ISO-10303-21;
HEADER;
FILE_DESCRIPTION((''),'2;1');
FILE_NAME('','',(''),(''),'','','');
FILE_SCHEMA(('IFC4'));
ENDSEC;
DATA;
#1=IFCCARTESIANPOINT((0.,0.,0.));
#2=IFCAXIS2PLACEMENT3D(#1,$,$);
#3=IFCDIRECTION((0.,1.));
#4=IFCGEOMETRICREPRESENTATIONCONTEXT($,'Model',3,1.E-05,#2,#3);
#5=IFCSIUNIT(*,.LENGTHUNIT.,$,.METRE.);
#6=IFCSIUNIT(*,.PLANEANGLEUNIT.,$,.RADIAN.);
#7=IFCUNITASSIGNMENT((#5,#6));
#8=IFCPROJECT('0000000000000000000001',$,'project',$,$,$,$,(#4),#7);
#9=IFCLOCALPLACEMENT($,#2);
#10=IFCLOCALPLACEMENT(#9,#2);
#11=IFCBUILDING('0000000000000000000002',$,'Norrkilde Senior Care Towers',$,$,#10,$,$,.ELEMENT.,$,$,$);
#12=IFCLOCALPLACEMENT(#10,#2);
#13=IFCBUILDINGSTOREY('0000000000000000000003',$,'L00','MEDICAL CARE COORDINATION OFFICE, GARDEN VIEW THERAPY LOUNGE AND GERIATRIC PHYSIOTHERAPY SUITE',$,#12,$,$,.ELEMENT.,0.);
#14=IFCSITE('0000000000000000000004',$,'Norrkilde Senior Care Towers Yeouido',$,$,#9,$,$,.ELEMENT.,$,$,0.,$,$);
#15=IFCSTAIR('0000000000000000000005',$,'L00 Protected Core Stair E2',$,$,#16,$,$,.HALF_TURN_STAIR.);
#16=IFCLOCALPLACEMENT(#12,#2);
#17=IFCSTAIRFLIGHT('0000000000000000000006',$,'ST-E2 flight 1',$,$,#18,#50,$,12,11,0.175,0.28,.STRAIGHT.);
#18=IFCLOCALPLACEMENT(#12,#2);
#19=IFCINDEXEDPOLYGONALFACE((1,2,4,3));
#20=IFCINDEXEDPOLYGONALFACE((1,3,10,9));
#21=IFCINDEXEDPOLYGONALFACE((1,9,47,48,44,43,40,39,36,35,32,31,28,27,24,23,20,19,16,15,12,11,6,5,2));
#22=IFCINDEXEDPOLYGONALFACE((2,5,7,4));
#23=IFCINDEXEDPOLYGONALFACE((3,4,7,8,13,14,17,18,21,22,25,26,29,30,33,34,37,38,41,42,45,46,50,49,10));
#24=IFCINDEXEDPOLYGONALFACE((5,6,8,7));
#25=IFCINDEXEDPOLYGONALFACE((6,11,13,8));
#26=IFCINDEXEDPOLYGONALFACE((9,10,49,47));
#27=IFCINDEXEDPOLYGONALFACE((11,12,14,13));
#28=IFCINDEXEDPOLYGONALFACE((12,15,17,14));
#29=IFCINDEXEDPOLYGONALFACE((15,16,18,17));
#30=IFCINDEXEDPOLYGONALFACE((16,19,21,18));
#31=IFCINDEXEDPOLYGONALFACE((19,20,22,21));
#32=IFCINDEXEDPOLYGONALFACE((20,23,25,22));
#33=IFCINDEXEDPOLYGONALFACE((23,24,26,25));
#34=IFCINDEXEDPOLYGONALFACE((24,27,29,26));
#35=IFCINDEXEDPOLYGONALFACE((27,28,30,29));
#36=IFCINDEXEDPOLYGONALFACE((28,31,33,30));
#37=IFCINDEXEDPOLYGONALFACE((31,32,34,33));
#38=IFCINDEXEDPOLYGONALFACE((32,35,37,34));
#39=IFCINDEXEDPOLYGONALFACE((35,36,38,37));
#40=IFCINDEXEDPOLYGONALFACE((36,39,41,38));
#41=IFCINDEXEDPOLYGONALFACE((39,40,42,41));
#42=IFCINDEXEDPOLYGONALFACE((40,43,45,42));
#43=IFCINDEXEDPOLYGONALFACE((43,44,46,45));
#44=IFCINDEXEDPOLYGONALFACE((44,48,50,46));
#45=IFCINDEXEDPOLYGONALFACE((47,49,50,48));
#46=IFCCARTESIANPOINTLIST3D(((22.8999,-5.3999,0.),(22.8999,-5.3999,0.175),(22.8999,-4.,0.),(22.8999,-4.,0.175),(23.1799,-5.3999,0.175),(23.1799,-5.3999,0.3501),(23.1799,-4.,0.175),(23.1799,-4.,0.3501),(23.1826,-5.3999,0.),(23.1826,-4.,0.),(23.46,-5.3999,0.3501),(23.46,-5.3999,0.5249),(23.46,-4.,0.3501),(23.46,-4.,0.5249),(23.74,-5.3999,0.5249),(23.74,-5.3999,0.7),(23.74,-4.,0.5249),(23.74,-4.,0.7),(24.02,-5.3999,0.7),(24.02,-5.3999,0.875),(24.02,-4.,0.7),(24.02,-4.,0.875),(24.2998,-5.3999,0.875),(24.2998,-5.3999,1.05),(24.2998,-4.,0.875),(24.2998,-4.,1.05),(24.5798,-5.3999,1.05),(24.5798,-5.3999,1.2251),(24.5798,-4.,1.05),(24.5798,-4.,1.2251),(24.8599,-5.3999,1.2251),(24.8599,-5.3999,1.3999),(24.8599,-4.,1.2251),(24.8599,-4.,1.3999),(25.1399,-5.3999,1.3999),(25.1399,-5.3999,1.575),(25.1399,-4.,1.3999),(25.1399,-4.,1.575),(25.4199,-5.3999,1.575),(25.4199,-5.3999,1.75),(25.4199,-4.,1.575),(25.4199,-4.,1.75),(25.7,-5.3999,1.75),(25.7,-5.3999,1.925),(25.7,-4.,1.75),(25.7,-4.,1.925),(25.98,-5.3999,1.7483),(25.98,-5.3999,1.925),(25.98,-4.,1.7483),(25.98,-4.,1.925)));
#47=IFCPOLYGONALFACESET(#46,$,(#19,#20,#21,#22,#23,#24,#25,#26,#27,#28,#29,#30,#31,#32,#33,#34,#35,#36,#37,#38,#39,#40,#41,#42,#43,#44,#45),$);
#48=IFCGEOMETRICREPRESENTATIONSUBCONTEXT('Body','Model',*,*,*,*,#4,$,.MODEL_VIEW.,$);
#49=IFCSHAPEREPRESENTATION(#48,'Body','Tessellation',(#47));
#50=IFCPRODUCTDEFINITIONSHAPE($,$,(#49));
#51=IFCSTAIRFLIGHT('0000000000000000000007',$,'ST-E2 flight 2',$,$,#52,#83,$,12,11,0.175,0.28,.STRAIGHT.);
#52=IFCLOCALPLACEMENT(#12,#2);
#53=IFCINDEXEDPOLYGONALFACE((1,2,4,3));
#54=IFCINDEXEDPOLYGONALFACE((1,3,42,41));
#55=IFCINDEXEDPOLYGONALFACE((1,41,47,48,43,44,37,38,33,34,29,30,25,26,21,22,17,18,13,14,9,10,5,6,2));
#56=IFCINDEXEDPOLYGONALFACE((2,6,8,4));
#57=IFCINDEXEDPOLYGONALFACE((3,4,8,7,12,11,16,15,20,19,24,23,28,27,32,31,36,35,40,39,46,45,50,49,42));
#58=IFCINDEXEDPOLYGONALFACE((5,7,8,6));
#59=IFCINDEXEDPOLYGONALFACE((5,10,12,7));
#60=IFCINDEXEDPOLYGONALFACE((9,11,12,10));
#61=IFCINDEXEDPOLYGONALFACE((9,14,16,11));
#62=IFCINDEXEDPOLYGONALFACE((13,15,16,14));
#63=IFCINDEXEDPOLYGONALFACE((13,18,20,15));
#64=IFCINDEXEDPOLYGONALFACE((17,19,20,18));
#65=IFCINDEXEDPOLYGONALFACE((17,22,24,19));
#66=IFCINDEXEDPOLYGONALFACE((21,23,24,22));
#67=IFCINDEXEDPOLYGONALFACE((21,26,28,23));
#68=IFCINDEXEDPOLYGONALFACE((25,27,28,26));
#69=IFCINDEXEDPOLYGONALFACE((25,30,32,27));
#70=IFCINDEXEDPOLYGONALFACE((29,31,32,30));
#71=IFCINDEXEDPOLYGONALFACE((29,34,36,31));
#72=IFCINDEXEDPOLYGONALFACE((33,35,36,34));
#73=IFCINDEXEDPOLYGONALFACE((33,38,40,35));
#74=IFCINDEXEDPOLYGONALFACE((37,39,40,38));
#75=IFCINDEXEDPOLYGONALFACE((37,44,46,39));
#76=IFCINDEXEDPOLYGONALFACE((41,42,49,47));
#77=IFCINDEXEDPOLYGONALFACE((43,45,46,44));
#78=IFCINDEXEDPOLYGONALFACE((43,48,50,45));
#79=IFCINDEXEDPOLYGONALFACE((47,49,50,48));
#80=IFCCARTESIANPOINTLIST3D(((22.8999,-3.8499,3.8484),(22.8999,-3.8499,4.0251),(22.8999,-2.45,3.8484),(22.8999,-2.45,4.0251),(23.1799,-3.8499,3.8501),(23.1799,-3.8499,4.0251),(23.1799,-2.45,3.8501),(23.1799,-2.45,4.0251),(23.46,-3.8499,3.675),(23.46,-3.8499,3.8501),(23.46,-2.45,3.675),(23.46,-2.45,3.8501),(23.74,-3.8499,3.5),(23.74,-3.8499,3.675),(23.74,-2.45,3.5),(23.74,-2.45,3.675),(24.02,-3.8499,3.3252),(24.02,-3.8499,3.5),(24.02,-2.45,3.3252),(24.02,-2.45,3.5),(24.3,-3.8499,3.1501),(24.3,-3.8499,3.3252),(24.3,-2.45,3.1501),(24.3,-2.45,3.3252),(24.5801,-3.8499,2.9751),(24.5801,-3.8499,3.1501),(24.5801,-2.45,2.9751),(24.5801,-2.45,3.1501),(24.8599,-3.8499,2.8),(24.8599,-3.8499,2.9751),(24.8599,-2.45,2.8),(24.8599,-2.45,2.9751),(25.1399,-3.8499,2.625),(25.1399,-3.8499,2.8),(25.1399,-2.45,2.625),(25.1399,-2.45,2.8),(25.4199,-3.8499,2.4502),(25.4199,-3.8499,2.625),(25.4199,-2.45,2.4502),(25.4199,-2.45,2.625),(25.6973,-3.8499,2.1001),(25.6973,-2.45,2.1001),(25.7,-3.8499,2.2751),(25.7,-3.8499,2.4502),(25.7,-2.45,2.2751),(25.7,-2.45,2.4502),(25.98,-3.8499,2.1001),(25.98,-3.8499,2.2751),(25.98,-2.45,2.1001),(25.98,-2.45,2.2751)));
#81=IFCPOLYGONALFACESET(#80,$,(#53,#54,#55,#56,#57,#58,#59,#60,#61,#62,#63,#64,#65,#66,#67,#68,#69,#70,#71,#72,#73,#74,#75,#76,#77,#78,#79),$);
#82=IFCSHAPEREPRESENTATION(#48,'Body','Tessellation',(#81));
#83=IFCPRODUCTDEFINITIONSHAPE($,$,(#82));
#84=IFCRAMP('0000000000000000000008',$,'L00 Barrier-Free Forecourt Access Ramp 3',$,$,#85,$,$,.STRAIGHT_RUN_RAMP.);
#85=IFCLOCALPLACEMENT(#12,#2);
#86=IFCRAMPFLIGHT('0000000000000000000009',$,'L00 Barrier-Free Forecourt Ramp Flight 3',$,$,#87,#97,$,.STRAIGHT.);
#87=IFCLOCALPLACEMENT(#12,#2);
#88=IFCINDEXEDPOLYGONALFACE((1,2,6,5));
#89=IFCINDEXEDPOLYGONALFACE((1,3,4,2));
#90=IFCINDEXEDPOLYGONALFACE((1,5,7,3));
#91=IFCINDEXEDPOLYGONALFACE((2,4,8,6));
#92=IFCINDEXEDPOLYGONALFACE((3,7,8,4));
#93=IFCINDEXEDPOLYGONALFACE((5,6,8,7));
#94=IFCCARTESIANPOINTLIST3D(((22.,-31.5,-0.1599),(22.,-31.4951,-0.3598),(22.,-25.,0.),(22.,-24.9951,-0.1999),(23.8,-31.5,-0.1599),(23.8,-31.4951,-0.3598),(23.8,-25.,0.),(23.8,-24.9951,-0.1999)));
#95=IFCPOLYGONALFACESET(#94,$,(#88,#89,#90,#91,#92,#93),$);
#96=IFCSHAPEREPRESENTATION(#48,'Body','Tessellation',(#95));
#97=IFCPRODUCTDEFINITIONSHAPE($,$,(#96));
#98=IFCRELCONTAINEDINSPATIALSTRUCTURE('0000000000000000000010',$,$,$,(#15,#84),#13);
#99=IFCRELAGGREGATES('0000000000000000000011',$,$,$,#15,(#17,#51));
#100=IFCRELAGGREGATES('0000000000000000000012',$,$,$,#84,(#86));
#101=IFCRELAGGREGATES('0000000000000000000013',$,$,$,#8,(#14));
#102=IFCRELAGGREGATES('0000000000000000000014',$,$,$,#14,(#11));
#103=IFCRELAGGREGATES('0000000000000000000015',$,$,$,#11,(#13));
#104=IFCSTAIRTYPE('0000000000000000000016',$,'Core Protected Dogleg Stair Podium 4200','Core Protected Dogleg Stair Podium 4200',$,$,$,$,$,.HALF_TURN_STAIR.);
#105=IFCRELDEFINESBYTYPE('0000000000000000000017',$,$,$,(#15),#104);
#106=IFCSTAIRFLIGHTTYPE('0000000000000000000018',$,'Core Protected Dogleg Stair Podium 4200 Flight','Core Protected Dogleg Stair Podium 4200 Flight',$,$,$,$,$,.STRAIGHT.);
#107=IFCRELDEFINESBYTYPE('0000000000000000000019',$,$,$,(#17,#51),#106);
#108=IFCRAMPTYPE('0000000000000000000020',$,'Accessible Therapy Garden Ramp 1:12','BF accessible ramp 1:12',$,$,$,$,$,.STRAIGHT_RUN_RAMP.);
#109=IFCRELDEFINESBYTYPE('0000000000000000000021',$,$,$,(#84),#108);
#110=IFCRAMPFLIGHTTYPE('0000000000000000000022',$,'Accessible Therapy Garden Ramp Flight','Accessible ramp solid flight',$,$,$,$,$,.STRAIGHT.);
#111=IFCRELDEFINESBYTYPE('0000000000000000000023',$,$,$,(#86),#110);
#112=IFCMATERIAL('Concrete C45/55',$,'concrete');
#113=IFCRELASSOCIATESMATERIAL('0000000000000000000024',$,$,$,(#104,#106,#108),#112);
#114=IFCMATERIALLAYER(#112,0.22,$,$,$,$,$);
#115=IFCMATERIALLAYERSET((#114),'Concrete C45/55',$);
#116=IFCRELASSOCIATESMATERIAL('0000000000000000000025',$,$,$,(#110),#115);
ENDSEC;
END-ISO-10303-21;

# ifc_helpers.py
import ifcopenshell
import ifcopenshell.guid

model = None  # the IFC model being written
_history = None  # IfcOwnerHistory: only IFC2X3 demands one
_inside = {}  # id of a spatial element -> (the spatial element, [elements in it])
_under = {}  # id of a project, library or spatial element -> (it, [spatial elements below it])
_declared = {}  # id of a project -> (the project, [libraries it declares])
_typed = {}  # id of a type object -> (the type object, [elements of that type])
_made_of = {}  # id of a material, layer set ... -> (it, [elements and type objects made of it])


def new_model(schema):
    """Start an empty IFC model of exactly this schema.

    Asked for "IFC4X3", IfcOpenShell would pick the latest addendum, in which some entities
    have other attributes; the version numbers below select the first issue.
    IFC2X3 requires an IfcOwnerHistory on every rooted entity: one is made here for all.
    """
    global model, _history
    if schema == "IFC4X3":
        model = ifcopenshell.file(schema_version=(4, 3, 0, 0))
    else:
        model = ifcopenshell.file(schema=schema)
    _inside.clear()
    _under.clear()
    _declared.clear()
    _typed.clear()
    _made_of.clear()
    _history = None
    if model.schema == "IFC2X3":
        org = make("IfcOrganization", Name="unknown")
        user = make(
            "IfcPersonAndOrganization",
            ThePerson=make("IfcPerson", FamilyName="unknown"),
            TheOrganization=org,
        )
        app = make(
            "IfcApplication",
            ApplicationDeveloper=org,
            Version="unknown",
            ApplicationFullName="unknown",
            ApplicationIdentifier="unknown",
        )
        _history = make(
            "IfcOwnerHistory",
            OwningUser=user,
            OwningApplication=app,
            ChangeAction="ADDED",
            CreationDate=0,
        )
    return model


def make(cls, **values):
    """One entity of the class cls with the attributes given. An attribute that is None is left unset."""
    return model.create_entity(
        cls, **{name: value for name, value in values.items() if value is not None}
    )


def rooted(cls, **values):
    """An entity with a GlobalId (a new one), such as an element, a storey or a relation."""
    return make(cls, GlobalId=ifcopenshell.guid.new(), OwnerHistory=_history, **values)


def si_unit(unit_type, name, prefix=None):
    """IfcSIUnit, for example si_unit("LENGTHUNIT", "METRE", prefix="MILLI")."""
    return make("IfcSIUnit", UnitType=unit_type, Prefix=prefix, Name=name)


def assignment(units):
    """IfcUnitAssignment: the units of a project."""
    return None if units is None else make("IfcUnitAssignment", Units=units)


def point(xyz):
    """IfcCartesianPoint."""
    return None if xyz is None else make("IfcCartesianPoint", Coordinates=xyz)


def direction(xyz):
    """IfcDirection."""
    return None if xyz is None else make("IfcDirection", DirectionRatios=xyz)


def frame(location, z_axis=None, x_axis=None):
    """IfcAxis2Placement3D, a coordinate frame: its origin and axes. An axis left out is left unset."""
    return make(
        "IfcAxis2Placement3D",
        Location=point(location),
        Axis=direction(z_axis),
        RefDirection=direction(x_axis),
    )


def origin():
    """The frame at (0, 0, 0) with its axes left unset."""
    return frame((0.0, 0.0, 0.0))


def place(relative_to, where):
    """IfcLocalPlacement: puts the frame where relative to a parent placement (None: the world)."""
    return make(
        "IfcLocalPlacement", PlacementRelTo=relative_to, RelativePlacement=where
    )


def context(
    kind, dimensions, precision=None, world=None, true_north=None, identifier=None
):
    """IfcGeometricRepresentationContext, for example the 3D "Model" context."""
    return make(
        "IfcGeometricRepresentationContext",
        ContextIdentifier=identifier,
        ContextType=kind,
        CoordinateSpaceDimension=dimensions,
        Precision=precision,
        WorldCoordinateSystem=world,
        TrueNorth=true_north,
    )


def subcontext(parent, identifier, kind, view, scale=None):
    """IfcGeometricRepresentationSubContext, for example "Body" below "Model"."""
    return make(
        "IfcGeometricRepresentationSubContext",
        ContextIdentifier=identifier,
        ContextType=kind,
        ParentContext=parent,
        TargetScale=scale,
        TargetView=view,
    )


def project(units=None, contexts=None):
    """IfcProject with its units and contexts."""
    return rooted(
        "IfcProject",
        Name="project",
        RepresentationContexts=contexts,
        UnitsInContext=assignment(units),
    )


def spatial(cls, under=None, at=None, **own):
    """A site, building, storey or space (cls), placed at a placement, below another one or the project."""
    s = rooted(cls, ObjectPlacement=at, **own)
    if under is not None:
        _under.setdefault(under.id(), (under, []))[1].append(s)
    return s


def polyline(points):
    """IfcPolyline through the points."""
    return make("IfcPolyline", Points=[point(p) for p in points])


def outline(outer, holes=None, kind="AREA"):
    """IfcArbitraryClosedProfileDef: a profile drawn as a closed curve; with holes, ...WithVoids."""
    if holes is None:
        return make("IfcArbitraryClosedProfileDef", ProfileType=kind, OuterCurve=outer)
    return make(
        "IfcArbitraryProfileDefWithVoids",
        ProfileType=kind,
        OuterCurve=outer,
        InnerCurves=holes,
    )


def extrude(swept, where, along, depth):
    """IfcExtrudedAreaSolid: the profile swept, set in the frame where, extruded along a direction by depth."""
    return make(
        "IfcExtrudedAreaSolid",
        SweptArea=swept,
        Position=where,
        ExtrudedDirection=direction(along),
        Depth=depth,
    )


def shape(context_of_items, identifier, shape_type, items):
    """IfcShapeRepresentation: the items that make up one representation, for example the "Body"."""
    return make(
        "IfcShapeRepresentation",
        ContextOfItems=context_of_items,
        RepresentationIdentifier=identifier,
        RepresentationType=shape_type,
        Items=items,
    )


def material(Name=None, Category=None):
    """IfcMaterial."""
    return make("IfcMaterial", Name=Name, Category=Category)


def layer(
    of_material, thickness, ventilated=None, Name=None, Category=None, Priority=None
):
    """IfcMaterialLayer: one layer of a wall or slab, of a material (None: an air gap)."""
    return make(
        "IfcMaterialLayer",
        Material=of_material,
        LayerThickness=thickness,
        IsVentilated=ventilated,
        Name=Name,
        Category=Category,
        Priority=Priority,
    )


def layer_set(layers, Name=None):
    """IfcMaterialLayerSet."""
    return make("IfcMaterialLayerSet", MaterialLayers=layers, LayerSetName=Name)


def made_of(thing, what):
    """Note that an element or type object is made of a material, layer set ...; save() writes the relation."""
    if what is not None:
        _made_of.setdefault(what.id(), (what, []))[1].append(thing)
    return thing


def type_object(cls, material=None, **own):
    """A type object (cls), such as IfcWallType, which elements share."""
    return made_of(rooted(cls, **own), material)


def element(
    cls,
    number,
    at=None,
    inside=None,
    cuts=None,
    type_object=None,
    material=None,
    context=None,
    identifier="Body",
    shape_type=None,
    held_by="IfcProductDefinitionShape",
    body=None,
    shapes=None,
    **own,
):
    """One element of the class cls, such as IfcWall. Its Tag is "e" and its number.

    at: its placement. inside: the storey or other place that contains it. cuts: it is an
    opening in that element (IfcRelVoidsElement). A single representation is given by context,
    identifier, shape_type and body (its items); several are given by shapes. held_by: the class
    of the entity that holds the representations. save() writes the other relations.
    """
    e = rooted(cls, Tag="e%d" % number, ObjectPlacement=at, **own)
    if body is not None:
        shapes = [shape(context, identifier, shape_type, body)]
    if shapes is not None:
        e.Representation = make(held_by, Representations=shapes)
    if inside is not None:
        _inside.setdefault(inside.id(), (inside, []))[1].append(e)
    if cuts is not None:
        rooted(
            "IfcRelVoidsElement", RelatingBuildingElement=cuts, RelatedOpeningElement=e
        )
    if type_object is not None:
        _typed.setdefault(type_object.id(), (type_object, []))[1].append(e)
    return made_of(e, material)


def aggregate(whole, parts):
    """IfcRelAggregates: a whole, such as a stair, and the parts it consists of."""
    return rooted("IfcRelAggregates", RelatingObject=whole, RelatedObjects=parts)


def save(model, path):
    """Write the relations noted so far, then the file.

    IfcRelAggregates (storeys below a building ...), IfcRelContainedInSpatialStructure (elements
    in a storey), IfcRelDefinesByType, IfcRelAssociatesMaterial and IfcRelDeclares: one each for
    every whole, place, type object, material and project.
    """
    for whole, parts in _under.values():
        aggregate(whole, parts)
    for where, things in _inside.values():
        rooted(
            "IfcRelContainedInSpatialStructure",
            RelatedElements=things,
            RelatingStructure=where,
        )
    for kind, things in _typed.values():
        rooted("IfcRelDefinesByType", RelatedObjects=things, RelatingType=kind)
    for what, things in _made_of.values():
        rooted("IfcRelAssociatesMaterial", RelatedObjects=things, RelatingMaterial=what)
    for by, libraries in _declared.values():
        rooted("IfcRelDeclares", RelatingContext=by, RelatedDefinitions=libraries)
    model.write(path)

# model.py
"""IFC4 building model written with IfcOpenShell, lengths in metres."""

from ifc_helpers import new_model, si_unit, direction, frame, origin, place, context, subcontext, project, spatial, polyline, outline, extrude, material, layer, layer_set, type_object, element, aggregate, save


model = new_model("IFC4")

# Units and contexts
model_context = context("Model", 3, precision=1e-05, world=origin(), true_north=direction((0.0, 1.0)))
body_context = subcontext(model_context, "Body", "Model", "MODEL_VIEW")
ifc_project = project(units=[si_unit("LENGTHUNIT", "METRE"), si_unit("PLANEANGLEUNIT", "RADIAN")], contexts=[model_context])

# Site, building, storey
site_placement = place(None, origin())
site = spatial("IfcSite", under=ifc_project, at=site_placement, Name="Norrkilde Senior Care Towers Yeouido", CompositionType="ELEMENT", RefElevation=0.0)
building_placement = place(site_placement, origin())
building = spatial("IfcBuilding", under=site, at=building_placement, Name="Norrkilde Senior Care Towers", CompositionType="ELEMENT")
storey_placement = place(building_placement, origin())
storey = spatial("IfcBuildingStorey", under=building, at=storey_placement, Name="L00", Description="MEDICAL CARE COORDINATION OFFICE, GARDEN VIEW THERAPY LOUNGE AND GERIATRIC PHYSIOTHERAPY SUITE", CompositionType="ELEMENT", Elevation=0.0)

# Shared definitions
ifc_material_1 = material(Name="Concrete C45/55", Category="concrete")

# Stair, stair flights
stair_type = type_object("IfcStairType", Name="Core Protected Dogleg Stair Podium 4200", Description="Core Protected Dogleg Stair Podium 4200", PredefinedType="HALF_TURN_STAIR", material=ifc_material_1)
stair_placement = place(storey_placement, origin())
stair = element("IfcStair", 1, at=stair_placement, inside=storey, type_object=stair_type, Name="L00 Protected Core Stair E2", PredefinedType="HALF_TURN_STAIR")
stair_flight_type = type_object("IfcStairFlightType", Name="Core Protected Dogleg Stair Podium 4200 Flight", Description="Core Protected Dogleg Stair Podium 4200 Flight", PredefinedType="STRAIGHT", material=ifc_material_1)
stair_flight_1_placement = place(storey_placement, frame((22.8999, -4.7, 0.0), z_axis=(0.0, 0.0, 1.0), x_axis=(1.0, 0.0, 0.0)))
stair_flight_1 = element("IfcStairFlight", 2, at=stair_flight_1_placement, type_object=stair_flight_type, Name="ST-E2 flight 1", NumberOfRisers=12, NumberOfTreads=11, PredefinedType="STRAIGHT", RiserHeight=0.175, TreadLength=0.28, context=body_context, shape_type="SweptSolid", body=[
    extrude(outline(polyline([(0.0, 0.0), (0.0, 0.175), (0.28, 0.175), (0.28, 0.3501), (0.5601, 0.3501), (0.5601, 0.5249), (0.8401, 0.5249), (0.8401, 0.7), (1.1201, 0.7), (1.1201, 0.875), (1.3999, 0.875), (1.3999, 1.05), (1.6799, 1.05), (1.6799, 1.2251), (1.96, 1.2251), (1.96, 1.3999), (2.24, 1.3999), (2.24, 1.575), (2.52, 1.575), (2.52, 1.75), (2.8, 1.75), (2.8, 1.925), (3.0801, 1.925), (3.0801, 2.1001), (3.0801, 1.7483), (0.2827, 0.0), (0.0, 0.0)])), frame((0.0, 0.7, 0.0), z_axis=(0.0, -1.0, 0.0), x_axis=(1.0, 0.0, 0.0)), (0.0, 0.0, 1.0), 1.3999),
])
stair_flight_2_placement = place(storey_placement, frame((25.98, -3.1499, 2.1001), z_axis=(0.0, 0.0, 1.0), x_axis=(-1.0, 0.0, 0.0)))
stair_flight_2 = element("IfcStairFlight", 3, at=stair_flight_2_placement, type_object=stair_flight_type, Name="ST-E2 flight 2", NumberOfRisers=12, NumberOfTreads=11, PredefinedType="STRAIGHT", RiserHeight=0.175, TreadLength=0.28, context=body_context, shape_type="SweptSolid", body=[
    extrude(outline(polyline([(0.0, 0.0), (0.0, 0.175), (0.28, 0.175), (0.28, 0.3501), (0.5601, 0.3501), (0.5601, 0.5249), (0.8401, 0.5249), (0.8401, 0.7), (1.1201, 0.7), (1.1201, 0.875), (1.3999, 0.875), (1.3999, 1.05), (1.6799, 1.05), (1.6799, 1.2251), (1.96, 1.2251), (1.96, 1.3999), (2.24, 1.3999), (2.24, 1.575), (2.52, 1.575), (2.52, 1.75), (2.8, 1.75), (2.8, 1.925), (3.0801, 1.925), (3.0801, 2.1001), (3.0801, 1.7483), (0.2827, 0.0), (0.0, 0.0)])), frame((0.0, 0.7, 0.0), z_axis=(0.0, -1.0, 0.0), x_axis=(1.0, 0.0, 0.0)), (0.0, 0.0, 1.0), 1.3999),
])
aggregate(stair, [stair_flight_1, stair_flight_2])

# Ramp, ramp flight
ramp_type = type_object("IfcRampType", Name="Accessible Therapy Garden Ramp 1:12", Description="BF accessible ramp 1:12", PredefinedType="STRAIGHT_RUN_RAMP", material=ifc_material_1)
ramp_placement = place(storey_placement, origin())
ramp = element("IfcRamp", 4, at=ramp_placement, inside=storey, type_object=ramp_type, Name="L00 Barrier-Free Forecourt Access Ramp 3", PredefinedType="STRAIGHT_RUN_RAMP")
ifc_layer_1 = layer(ifc_material_1, 0.22)
ifc_layer_set_1 = layer_set([ifc_layer_1], Name="Concrete C45/55")
ramp_flight_type = type_object("IfcRampFlightType", Name="Accessible Therapy Garden Ramp Flight", Description="Accessible ramp solid flight", PredefinedType="STRAIGHT", material=ifc_layer_set_1)
ramp_flight_placement = place(storey_placement, frame((22.0, -31.5, -0.1599), z_axis=(0.0, -0.024594, 0.999698), x_axis=(0.0, 0.999698, 0.024594)))
ramp_flight = element("IfcRampFlight", 5, at=ramp_flight_placement, type_object=ramp_flight_type, Name="L00 Barrier-Free Forecourt Ramp Flight 3", PredefinedType="STRAIGHT", context=body_context, shape_type="SweptSolid", body=[
    extrude(outline(polyline([(0.0, 0.0), (6.502, 0.0), (6.502, -1.8), (0.0, -1.8), (0.0, 0.0)])), origin(), (0.0, 0.0, -1.0), 0.2),
])
aggregate(ramp, [ramp_flight])

save(model, "model.ifc")
